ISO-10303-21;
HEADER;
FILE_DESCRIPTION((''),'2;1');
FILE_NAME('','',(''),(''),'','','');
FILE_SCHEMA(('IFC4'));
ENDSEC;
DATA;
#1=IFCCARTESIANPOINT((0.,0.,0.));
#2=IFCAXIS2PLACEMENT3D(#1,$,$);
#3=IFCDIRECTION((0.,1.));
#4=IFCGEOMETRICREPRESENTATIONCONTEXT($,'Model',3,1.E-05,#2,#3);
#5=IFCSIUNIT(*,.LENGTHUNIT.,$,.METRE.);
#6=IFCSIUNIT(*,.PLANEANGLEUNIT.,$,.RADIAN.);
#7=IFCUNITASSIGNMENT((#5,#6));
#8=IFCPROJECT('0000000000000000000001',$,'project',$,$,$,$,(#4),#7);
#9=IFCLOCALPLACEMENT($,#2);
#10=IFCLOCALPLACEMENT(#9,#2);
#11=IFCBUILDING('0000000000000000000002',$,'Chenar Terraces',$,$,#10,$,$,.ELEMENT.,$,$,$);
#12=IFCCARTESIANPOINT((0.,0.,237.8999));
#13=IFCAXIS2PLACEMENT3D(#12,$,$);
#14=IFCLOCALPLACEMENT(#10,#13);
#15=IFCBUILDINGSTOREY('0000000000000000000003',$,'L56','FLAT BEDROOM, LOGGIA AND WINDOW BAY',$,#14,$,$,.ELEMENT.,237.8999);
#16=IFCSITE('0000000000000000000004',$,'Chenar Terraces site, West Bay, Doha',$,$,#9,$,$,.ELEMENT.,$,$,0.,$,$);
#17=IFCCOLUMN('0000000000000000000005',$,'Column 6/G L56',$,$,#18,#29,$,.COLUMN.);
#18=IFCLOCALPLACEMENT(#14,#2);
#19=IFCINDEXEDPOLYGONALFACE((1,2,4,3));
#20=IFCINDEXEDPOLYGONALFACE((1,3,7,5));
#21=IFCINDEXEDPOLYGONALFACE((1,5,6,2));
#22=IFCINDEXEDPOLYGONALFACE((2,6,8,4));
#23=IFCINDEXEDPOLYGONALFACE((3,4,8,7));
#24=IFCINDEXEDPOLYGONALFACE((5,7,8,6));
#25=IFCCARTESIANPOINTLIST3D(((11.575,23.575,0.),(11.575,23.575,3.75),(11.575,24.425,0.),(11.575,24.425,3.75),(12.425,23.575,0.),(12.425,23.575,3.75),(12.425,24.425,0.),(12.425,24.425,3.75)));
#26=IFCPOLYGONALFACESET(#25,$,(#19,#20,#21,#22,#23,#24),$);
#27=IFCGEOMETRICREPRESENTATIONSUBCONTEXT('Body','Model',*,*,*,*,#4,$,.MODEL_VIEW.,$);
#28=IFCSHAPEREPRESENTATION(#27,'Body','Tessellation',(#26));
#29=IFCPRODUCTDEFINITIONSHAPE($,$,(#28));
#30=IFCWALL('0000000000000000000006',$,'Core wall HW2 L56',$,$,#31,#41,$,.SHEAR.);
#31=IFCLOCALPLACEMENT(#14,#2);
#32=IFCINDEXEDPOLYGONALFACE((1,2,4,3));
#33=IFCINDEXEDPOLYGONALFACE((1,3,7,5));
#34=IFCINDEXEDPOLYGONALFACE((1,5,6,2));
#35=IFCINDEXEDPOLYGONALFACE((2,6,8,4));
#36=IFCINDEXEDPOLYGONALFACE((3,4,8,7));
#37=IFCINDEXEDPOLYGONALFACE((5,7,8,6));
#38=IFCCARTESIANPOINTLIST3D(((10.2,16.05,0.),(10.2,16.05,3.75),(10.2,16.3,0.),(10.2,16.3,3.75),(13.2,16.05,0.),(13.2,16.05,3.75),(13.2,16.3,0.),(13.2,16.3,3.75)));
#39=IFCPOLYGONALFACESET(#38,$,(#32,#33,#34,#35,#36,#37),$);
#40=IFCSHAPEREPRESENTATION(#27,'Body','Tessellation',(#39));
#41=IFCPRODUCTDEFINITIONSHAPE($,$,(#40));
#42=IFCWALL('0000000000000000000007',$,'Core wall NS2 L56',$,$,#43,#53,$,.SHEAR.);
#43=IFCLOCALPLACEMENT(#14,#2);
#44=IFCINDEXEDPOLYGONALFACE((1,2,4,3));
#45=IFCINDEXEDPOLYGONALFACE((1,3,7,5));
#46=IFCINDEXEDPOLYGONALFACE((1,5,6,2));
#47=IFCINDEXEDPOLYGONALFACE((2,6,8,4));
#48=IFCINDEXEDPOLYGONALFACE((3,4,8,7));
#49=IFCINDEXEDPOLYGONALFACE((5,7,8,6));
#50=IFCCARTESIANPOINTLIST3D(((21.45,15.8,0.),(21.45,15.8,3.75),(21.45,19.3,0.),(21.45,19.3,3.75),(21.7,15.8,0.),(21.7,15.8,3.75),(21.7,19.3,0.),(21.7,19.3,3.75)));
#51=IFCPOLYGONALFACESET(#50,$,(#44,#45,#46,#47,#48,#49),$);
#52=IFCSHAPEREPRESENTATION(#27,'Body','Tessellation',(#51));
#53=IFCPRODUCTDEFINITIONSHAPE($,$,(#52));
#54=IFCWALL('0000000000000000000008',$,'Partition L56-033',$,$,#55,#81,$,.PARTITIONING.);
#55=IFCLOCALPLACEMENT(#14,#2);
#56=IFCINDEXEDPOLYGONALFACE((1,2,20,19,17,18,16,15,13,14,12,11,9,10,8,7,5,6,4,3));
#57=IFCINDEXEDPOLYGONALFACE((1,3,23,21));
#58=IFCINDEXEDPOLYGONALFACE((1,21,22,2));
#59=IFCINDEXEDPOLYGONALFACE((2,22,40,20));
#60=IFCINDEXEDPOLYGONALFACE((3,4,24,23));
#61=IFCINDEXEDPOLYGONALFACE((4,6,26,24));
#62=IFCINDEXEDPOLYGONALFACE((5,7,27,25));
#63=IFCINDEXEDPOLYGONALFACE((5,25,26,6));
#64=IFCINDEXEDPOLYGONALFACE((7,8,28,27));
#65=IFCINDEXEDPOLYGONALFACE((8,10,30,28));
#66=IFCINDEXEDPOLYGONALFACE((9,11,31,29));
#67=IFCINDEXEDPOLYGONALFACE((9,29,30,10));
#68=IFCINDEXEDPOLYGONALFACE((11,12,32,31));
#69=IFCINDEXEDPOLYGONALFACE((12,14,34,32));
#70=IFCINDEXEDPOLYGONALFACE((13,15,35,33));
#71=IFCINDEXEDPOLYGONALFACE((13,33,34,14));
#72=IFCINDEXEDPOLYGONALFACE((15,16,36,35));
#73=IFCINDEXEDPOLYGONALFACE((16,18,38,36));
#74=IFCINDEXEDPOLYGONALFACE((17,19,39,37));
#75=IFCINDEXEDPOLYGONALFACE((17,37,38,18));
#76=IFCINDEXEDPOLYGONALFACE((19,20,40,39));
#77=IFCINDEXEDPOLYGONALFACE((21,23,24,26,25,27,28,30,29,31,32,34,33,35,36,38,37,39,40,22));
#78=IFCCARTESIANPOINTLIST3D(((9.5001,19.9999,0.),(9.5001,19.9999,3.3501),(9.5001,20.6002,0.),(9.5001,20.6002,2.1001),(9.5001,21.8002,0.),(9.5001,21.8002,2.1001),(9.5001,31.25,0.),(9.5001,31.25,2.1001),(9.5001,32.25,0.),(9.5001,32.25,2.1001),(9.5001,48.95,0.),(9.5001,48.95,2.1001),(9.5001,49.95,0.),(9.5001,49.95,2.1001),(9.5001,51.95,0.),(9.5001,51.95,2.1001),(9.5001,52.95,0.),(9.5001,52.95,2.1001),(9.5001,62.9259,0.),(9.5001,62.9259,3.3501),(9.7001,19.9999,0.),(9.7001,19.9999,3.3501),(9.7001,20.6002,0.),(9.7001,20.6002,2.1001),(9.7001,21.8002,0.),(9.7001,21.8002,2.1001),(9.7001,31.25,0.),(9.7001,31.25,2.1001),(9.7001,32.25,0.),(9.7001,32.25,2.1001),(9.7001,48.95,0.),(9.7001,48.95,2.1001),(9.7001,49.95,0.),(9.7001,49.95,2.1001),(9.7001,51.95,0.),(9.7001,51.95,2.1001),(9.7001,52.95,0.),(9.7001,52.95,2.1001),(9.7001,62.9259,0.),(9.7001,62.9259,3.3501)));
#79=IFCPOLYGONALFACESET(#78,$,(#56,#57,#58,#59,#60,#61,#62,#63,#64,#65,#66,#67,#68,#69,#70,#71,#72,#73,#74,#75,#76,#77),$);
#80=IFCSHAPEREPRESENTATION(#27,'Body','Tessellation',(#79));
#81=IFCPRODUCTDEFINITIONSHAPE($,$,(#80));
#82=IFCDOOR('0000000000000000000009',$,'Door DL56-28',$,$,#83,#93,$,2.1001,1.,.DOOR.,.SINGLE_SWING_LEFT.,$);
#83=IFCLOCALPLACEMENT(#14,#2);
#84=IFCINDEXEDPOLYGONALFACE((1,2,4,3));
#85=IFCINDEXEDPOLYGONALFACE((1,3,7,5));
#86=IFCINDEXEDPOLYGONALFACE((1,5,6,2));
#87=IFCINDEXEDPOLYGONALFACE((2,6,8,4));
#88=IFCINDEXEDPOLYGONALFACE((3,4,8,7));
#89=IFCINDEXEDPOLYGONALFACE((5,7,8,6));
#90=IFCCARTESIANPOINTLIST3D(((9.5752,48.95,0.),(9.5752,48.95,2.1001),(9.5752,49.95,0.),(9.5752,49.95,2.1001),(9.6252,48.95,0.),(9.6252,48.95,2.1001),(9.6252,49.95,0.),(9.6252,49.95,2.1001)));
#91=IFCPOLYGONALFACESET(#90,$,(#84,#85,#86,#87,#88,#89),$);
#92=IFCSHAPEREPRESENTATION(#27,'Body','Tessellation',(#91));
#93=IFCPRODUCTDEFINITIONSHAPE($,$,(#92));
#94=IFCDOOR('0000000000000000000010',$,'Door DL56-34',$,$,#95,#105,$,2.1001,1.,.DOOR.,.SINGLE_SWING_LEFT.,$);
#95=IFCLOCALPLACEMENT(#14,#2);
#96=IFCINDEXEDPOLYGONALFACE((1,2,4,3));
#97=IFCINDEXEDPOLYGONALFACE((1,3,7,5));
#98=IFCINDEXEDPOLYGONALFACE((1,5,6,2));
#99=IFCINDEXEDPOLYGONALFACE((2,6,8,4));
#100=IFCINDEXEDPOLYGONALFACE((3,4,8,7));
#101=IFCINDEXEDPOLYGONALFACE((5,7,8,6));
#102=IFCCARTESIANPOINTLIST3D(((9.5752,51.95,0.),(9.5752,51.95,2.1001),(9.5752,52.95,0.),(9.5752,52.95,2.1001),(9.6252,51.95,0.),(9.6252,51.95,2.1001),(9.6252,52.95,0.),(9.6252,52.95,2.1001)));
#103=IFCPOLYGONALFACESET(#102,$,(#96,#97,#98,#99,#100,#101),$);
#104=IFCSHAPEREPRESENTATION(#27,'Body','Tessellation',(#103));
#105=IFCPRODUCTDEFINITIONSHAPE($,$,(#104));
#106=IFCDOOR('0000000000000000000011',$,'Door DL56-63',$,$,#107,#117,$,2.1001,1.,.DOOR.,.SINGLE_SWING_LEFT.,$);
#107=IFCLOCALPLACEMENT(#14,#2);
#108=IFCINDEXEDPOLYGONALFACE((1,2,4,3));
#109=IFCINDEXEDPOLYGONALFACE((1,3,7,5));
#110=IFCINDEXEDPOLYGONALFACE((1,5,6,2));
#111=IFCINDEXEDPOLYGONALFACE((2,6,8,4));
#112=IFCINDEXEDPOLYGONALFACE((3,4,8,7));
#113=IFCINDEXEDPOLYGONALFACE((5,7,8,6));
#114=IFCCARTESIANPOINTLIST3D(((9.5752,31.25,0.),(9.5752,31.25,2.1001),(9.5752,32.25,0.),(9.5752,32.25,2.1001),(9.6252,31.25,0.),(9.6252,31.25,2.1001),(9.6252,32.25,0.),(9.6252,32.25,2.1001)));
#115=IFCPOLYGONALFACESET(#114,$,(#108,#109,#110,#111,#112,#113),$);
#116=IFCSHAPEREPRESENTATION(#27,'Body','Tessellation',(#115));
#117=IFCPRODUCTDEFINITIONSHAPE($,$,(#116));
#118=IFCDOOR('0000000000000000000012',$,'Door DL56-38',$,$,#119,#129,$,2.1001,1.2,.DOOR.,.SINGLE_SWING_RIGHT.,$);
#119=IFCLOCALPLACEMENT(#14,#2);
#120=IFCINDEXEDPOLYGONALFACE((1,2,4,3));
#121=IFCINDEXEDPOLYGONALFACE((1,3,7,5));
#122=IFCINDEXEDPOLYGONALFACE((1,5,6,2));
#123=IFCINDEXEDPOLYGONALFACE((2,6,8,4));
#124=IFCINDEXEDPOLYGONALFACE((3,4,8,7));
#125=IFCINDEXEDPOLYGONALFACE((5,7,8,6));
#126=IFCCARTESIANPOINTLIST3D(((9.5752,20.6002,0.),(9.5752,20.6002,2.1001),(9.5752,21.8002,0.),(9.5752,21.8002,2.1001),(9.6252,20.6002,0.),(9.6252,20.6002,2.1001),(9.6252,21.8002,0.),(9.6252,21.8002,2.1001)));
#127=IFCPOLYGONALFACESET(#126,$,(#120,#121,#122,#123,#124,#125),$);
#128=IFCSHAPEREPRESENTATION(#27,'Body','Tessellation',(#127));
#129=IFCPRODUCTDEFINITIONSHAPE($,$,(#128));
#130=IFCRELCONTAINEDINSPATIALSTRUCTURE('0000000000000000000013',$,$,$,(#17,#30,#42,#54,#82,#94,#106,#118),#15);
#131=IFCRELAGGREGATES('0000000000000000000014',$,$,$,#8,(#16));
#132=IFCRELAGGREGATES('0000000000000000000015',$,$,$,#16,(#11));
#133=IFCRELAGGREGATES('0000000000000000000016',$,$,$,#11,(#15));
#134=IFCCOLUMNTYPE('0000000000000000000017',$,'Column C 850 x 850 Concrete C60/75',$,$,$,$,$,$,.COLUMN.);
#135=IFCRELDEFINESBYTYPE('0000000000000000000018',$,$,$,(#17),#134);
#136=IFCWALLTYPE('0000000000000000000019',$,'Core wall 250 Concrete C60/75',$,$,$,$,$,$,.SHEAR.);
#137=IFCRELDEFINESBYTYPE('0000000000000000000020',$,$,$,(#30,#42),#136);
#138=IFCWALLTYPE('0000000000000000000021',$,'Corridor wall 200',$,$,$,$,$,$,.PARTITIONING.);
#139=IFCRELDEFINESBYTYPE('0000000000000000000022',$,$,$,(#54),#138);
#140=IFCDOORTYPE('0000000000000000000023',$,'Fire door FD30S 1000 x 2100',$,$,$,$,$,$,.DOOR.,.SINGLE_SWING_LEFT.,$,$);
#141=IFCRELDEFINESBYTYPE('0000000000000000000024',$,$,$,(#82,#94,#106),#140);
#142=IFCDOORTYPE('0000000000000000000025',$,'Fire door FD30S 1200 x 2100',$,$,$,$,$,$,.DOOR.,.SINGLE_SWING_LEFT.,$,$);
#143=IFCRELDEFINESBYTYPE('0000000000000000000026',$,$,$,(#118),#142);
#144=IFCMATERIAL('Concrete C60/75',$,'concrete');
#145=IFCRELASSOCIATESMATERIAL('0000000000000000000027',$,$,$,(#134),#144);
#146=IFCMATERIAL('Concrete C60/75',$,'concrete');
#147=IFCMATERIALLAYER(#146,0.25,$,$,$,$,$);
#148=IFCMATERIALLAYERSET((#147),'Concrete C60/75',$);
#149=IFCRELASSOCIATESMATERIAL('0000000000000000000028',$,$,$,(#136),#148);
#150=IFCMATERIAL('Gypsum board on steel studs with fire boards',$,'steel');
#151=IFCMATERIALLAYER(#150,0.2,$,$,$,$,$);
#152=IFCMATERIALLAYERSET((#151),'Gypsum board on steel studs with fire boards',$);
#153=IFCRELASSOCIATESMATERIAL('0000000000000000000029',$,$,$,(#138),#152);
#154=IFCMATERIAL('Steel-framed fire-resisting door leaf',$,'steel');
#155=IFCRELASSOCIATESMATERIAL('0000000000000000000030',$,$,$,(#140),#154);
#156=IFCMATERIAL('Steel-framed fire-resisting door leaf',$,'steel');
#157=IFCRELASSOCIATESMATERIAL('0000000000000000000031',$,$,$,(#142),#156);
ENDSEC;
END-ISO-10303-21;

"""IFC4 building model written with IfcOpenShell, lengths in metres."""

from ifc_helpers import new_model, si_unit, direction, frame, frame_2d, origin, origin_2d, place, context, subcontext, project, spatial, rectangle, extrude, material, layer, layer_set, material_profile, profile_set, type_object, element, fill, save


model = new_model("IFC4")

# Units and contexts
model_context = context("Model", 3, precision=1e-05, world=origin(), true_north=direction((0.0, 1.0)))
body_context = subcontext(model_context, "Body", "Model", "MODEL_VIEW")
ifc_project = project(units=[si_unit("LENGTHUNIT", "METRE"), si_unit("PLANEANGLEUNIT", "RADIAN")], contexts=[model_context])

# Site, building, storey
site_placement = place(None, origin())
site = spatial("IfcSite", under=ifc_project, at=site_placement, Name="Chenar Terraces site, West Bay, Doha", CompositionType="ELEMENT", RefElevation=0.0)
building_placement = place(site_placement, origin())
building = spatial("IfcBuilding", under=site, at=building_placement, Name="Chenar Terraces", CompositionType="ELEMENT")
storey_placement = place(building_placement, frame((0.0, 0.0, 237.8999)))
storey = spatial("IfcBuildingStorey", under=building, at=storey_placement, Name="L56", Description="FLAT BEDROOM, LOGGIA AND WINDOW BAY", CompositionType="ELEMENT", Elevation=237.8999)

# Column
ifc_material_1 = material(Name="Concrete C60/75", Category="concrete")
ifc_material_profile = material_profile(ifc_material_1, rectangle(XDim=0.8501, YDim=0.8501, at=origin_2d()), Name="C 850 x 850")
ifc_profile_set = profile_set([ifc_material_profile], Name="Concrete C60/75")
column_type = type_object("IfcColumnType", Name="Column C 850 x 850 Concrete C60/75", PredefinedType="COLUMN", material=ifc_profile_set)
column_placement = place(storey_placement, frame((12.0, 24.0, 0.0), z_axis=(0.0, 0.0, 1.0), x_axis=(1.0, 0.0, 0.0)))
element("IfcColumn", 1, at=column_placement, inside=storey, type_object=column_type, Name="Column 6/G L56", PredefinedType="COLUMN", context=body_context, shape_type="SweptSolid", body=[
    extrude(rectangle(XDim=0.8501, YDim=0.8501, at=origin_2d()), origin(), (0.0, 0.0, 1.0), 3.75),
])

# Walls
ifc_material_2 = material(Name="Concrete C60/75", Category="concrete")
ifc_layer_1 = layer(ifc_material_2, 0.25)
ifc_layer_set_1 = layer_set([ifc_layer_1], Name="Concrete C60/75")
wall_type_1 = type_object("IfcWallType", Name="Core wall 250 Concrete C60/75", PredefinedType="SHEAR", material=ifc_layer_set_1)
wall_1_placement = place(storey_placement, frame((10.2, 16.175, 0.0), z_axis=(0.0, 0.0, 1.0), x_axis=(1.0, 0.0, 0.0)))
element("IfcWall", 2, at=wall_1_placement, inside=storey, type_object=wall_type_1, Name="Core wall HW2 L56", PredefinedType="SHEAR", context=body_context, shape_type="SweptSolid", body=[
    extrude(rectangle(XDim=3.0, YDim=0.25, at=frame_2d((1.5, 0.0))), origin(), (0.0, 0.0, 1.0), 3.75),
])
wall_2_placement = place(storey_placement, frame((21.575, 15.8, 0.0), z_axis=(0.0, 0.0, 1.0), x_axis=(0.0, 1.0, 0.0)))
element("IfcWall", 3, at=wall_2_placement, inside=storey, type_object=wall_type_1, Name="Core wall NS2 L56", PredefinedType="SHEAR", context=body_context, shape_type="SweptSolid", body=[
    extrude(rectangle(XDim=3.5, YDim=0.25, at=frame_2d((1.75, 0.0))), origin(), (0.0, 0.0, 1.0), 3.75),
])

# Wall, openings, doors
ifc_material_3 = material(Name="Gypsum board on steel studs with fire boards", Category="steel")
ifc_layer_2 = layer(ifc_material_3, 0.2)
ifc_layer_set_2 = layer_set([ifc_layer_2], Name="Gypsum board on steel studs with fire boards")
wall_type_2 = type_object("IfcWallType", Name="Corridor wall 200", PredefinedType="PARTITIONING", material=ifc_layer_set_2)
wall_3_placement = place(storey_placement, frame((9.6001, 20.0, 0.0), z_axis=(0.0, 0.0, 1.0), x_axis=(0.0, 1.0, 0.0)))
wall_3 = element("IfcWall", 4, at=wall_3_placement, inside=storey, type_object=wall_type_2, Name="Partition L56-033", PredefinedType="PARTITIONING", context=body_context, shape_type="SweptSolid", body=[
    extrude(rectangle(XDim=42.926, YDim=0.2, at=frame_2d((21.4629, 0.0))), origin(), (0.0, 0.0, 1.0), 3.3501),
])
opening_1_placement = place(wall_3_placement, frame((28.95, 0.0, 0.0)))
opening_1 = element("IfcOpeningElement", 5, at=opening_1_placement, cuts=wall_3, PredefinedType="OPENING", context=body_context, shape_type="SweptSolid", body=[
    extrude(rectangle(XDim=1.0, YDim=2.1001, at=frame_2d((0.5, 1.05))), frame((0.0, 0.1099, 0.0), z_axis=(0.0, -1.0, 0.0), x_axis=(1.0, 0.0, 0.0)), (0.0, 0.0, 1.0), 0.22),
])
opening_2_placement = place(wall_3_placement, frame((31.95, 0.0, 0.0)))
opening_2 = element("IfcOpeningElement", 6, at=opening_2_placement, cuts=wall_3, PredefinedType="OPENING", context=body_context, shape_type="SweptSolid", body=[
    extrude(rectangle(XDim=1.0, YDim=2.1001, at=frame_2d((0.5, 1.05))), frame((0.0, 0.1099, 0.0), z_axis=(0.0, -1.0, 0.0), x_axis=(1.0, 0.0, 0.0)), (0.0, 0.0, 1.0), 0.22),
])
opening_3_placement = place(wall_3_placement, frame((0.6001, 0.0, 0.0)))
opening_3 = element("IfcOpeningElement", 7, at=opening_3_placement, cuts=wall_3, PredefinedType="OPENING", context=body_context, shape_type="SweptSolid", body=[
    extrude(rectangle(XDim=1.2, YDim=2.1001, at=frame_2d((0.6001, 1.05))), frame((0.0, 0.1099, 0.0), z_axis=(0.0, -1.0, 0.0), x_axis=(1.0, 0.0, 0.0)), (0.0, 0.0, 1.0), 0.22),
])
opening_4_placement = place(wall_3_placement, frame((11.25, 0.0, 0.0)))
opening_4 = element("IfcOpeningElement", 8, at=opening_4_placement, cuts=wall_3, PredefinedType="OPENING", context=body_context, shape_type="SweptSolid", body=[
    extrude(rectangle(XDim=1.0, YDim=2.1001, at=frame_2d((0.5, 1.05))), frame((0.0, 0.1099, 0.0), z_axis=(0.0, -1.0, 0.0), x_axis=(1.0, 0.0, 0.0)), (0.0, 0.0, 1.0), 0.22),
])
ifc_material_4 = material(Name="Steel-framed fire-resisting door leaf", Category="steel")
door_type_1 = type_object("IfcDoorType", Name="Fire door FD30S 1000 x 2100", OperationType="SINGLE_SWING_LEFT", PredefinedType="DOOR", material=ifc_material_4)
door_1_placement = place(opening_1_placement, origin())
door_1 = element("IfcDoor", 9, at=door_1_placement, inside=storey, type_object=door_type_1, Name="Door DL56-28", OperationType="SINGLE_SWING_LEFT", OverallHeight=2.1001, OverallWidth=1.0, PredefinedType="DOOR", context=body_context, shape_type="SweptSolid", body=[
    extrude(rectangle(XDim=1.0, YDim=2.1001, at=frame_2d((0.5, 1.05))), frame((0.0, 0.0249, 0.0), z_axis=(0.0, -1.0, 0.0), x_axis=(1.0, 0.0, 0.0)), (0.0, 0.0, 1.0), 0.05),
])
fill(opening_1, door_1)
door_2_placement = place(opening_2_placement, origin())
door_2 = element("IfcDoor", 10, at=door_2_placement, inside=storey, type_object=door_type_1, Name="Door DL56-34", OperationType="SINGLE_SWING_LEFT", OverallHeight=2.1001, OverallWidth=1.0, PredefinedType="DOOR", context=body_context, shape_type="SweptSolid", body=[
    extrude(rectangle(XDim=1.0, YDim=2.1001, at=frame_2d((0.5, 1.05))), frame((0.0, 0.0249, 0.0), z_axis=(0.0, -1.0, 0.0), x_axis=(1.0, 0.0, 0.0)), (0.0, 0.0, 1.0), 0.05),
])
fill(opening_2, door_2)
door_3_placement = place(opening_4_placement, origin())
door_3 = element("IfcDoor", 11, at=door_3_placement, inside=storey, type_object=door_type_1, Name="Door DL56-63", OperationType="SINGLE_SWING_LEFT", OverallHeight=2.1001, OverallWidth=1.0, PredefinedType="DOOR", context=body_context, shape_type="SweptSolid", body=[
    extrude(rectangle(XDim=1.0, YDim=2.1001, at=frame_2d((0.5, 1.05))), frame((0.0, 0.0249, 0.0), z_axis=(0.0, -1.0, 0.0), x_axis=(1.0, 0.0, 0.0)), (0.0, 0.0, 1.0), 0.05),
])
fill(opening_4, door_3)
ifc_material_5 = material(Name="Steel-framed fire-resisting door leaf", Category="steel")
door_type_2 = type_object("IfcDoorType", Name="Fire door FD30S 1200 x 2100", OperationType="SINGLE_SWING_LEFT", PredefinedType="DOOR", material=ifc_material_5)
door_4_placement = place(opening_3_placement, origin())
door_4 = element("IfcDoor", 12, at=door_4_placement, inside=storey, type_object=door_type_2, Name="Door DL56-38", OperationType="SINGLE_SWING_RIGHT", OverallHeight=2.1001, OverallWidth=1.2, PredefinedType="DOOR", context=body_context, shape_type="SweptSolid", body=[
    extrude(rectangle(XDim=1.2, YDim=2.1001, at=frame_2d((0.6001, 1.05))), frame((0.0, 0.0249, 0.0), z_axis=(0.0, -1.0, 0.0), x_axis=(1.0, 0.0, 0.0)), (0.0, 0.0, 1.0), 0.05),
])
fill(opening_3, door_4)

save(model, "model.ifc")
